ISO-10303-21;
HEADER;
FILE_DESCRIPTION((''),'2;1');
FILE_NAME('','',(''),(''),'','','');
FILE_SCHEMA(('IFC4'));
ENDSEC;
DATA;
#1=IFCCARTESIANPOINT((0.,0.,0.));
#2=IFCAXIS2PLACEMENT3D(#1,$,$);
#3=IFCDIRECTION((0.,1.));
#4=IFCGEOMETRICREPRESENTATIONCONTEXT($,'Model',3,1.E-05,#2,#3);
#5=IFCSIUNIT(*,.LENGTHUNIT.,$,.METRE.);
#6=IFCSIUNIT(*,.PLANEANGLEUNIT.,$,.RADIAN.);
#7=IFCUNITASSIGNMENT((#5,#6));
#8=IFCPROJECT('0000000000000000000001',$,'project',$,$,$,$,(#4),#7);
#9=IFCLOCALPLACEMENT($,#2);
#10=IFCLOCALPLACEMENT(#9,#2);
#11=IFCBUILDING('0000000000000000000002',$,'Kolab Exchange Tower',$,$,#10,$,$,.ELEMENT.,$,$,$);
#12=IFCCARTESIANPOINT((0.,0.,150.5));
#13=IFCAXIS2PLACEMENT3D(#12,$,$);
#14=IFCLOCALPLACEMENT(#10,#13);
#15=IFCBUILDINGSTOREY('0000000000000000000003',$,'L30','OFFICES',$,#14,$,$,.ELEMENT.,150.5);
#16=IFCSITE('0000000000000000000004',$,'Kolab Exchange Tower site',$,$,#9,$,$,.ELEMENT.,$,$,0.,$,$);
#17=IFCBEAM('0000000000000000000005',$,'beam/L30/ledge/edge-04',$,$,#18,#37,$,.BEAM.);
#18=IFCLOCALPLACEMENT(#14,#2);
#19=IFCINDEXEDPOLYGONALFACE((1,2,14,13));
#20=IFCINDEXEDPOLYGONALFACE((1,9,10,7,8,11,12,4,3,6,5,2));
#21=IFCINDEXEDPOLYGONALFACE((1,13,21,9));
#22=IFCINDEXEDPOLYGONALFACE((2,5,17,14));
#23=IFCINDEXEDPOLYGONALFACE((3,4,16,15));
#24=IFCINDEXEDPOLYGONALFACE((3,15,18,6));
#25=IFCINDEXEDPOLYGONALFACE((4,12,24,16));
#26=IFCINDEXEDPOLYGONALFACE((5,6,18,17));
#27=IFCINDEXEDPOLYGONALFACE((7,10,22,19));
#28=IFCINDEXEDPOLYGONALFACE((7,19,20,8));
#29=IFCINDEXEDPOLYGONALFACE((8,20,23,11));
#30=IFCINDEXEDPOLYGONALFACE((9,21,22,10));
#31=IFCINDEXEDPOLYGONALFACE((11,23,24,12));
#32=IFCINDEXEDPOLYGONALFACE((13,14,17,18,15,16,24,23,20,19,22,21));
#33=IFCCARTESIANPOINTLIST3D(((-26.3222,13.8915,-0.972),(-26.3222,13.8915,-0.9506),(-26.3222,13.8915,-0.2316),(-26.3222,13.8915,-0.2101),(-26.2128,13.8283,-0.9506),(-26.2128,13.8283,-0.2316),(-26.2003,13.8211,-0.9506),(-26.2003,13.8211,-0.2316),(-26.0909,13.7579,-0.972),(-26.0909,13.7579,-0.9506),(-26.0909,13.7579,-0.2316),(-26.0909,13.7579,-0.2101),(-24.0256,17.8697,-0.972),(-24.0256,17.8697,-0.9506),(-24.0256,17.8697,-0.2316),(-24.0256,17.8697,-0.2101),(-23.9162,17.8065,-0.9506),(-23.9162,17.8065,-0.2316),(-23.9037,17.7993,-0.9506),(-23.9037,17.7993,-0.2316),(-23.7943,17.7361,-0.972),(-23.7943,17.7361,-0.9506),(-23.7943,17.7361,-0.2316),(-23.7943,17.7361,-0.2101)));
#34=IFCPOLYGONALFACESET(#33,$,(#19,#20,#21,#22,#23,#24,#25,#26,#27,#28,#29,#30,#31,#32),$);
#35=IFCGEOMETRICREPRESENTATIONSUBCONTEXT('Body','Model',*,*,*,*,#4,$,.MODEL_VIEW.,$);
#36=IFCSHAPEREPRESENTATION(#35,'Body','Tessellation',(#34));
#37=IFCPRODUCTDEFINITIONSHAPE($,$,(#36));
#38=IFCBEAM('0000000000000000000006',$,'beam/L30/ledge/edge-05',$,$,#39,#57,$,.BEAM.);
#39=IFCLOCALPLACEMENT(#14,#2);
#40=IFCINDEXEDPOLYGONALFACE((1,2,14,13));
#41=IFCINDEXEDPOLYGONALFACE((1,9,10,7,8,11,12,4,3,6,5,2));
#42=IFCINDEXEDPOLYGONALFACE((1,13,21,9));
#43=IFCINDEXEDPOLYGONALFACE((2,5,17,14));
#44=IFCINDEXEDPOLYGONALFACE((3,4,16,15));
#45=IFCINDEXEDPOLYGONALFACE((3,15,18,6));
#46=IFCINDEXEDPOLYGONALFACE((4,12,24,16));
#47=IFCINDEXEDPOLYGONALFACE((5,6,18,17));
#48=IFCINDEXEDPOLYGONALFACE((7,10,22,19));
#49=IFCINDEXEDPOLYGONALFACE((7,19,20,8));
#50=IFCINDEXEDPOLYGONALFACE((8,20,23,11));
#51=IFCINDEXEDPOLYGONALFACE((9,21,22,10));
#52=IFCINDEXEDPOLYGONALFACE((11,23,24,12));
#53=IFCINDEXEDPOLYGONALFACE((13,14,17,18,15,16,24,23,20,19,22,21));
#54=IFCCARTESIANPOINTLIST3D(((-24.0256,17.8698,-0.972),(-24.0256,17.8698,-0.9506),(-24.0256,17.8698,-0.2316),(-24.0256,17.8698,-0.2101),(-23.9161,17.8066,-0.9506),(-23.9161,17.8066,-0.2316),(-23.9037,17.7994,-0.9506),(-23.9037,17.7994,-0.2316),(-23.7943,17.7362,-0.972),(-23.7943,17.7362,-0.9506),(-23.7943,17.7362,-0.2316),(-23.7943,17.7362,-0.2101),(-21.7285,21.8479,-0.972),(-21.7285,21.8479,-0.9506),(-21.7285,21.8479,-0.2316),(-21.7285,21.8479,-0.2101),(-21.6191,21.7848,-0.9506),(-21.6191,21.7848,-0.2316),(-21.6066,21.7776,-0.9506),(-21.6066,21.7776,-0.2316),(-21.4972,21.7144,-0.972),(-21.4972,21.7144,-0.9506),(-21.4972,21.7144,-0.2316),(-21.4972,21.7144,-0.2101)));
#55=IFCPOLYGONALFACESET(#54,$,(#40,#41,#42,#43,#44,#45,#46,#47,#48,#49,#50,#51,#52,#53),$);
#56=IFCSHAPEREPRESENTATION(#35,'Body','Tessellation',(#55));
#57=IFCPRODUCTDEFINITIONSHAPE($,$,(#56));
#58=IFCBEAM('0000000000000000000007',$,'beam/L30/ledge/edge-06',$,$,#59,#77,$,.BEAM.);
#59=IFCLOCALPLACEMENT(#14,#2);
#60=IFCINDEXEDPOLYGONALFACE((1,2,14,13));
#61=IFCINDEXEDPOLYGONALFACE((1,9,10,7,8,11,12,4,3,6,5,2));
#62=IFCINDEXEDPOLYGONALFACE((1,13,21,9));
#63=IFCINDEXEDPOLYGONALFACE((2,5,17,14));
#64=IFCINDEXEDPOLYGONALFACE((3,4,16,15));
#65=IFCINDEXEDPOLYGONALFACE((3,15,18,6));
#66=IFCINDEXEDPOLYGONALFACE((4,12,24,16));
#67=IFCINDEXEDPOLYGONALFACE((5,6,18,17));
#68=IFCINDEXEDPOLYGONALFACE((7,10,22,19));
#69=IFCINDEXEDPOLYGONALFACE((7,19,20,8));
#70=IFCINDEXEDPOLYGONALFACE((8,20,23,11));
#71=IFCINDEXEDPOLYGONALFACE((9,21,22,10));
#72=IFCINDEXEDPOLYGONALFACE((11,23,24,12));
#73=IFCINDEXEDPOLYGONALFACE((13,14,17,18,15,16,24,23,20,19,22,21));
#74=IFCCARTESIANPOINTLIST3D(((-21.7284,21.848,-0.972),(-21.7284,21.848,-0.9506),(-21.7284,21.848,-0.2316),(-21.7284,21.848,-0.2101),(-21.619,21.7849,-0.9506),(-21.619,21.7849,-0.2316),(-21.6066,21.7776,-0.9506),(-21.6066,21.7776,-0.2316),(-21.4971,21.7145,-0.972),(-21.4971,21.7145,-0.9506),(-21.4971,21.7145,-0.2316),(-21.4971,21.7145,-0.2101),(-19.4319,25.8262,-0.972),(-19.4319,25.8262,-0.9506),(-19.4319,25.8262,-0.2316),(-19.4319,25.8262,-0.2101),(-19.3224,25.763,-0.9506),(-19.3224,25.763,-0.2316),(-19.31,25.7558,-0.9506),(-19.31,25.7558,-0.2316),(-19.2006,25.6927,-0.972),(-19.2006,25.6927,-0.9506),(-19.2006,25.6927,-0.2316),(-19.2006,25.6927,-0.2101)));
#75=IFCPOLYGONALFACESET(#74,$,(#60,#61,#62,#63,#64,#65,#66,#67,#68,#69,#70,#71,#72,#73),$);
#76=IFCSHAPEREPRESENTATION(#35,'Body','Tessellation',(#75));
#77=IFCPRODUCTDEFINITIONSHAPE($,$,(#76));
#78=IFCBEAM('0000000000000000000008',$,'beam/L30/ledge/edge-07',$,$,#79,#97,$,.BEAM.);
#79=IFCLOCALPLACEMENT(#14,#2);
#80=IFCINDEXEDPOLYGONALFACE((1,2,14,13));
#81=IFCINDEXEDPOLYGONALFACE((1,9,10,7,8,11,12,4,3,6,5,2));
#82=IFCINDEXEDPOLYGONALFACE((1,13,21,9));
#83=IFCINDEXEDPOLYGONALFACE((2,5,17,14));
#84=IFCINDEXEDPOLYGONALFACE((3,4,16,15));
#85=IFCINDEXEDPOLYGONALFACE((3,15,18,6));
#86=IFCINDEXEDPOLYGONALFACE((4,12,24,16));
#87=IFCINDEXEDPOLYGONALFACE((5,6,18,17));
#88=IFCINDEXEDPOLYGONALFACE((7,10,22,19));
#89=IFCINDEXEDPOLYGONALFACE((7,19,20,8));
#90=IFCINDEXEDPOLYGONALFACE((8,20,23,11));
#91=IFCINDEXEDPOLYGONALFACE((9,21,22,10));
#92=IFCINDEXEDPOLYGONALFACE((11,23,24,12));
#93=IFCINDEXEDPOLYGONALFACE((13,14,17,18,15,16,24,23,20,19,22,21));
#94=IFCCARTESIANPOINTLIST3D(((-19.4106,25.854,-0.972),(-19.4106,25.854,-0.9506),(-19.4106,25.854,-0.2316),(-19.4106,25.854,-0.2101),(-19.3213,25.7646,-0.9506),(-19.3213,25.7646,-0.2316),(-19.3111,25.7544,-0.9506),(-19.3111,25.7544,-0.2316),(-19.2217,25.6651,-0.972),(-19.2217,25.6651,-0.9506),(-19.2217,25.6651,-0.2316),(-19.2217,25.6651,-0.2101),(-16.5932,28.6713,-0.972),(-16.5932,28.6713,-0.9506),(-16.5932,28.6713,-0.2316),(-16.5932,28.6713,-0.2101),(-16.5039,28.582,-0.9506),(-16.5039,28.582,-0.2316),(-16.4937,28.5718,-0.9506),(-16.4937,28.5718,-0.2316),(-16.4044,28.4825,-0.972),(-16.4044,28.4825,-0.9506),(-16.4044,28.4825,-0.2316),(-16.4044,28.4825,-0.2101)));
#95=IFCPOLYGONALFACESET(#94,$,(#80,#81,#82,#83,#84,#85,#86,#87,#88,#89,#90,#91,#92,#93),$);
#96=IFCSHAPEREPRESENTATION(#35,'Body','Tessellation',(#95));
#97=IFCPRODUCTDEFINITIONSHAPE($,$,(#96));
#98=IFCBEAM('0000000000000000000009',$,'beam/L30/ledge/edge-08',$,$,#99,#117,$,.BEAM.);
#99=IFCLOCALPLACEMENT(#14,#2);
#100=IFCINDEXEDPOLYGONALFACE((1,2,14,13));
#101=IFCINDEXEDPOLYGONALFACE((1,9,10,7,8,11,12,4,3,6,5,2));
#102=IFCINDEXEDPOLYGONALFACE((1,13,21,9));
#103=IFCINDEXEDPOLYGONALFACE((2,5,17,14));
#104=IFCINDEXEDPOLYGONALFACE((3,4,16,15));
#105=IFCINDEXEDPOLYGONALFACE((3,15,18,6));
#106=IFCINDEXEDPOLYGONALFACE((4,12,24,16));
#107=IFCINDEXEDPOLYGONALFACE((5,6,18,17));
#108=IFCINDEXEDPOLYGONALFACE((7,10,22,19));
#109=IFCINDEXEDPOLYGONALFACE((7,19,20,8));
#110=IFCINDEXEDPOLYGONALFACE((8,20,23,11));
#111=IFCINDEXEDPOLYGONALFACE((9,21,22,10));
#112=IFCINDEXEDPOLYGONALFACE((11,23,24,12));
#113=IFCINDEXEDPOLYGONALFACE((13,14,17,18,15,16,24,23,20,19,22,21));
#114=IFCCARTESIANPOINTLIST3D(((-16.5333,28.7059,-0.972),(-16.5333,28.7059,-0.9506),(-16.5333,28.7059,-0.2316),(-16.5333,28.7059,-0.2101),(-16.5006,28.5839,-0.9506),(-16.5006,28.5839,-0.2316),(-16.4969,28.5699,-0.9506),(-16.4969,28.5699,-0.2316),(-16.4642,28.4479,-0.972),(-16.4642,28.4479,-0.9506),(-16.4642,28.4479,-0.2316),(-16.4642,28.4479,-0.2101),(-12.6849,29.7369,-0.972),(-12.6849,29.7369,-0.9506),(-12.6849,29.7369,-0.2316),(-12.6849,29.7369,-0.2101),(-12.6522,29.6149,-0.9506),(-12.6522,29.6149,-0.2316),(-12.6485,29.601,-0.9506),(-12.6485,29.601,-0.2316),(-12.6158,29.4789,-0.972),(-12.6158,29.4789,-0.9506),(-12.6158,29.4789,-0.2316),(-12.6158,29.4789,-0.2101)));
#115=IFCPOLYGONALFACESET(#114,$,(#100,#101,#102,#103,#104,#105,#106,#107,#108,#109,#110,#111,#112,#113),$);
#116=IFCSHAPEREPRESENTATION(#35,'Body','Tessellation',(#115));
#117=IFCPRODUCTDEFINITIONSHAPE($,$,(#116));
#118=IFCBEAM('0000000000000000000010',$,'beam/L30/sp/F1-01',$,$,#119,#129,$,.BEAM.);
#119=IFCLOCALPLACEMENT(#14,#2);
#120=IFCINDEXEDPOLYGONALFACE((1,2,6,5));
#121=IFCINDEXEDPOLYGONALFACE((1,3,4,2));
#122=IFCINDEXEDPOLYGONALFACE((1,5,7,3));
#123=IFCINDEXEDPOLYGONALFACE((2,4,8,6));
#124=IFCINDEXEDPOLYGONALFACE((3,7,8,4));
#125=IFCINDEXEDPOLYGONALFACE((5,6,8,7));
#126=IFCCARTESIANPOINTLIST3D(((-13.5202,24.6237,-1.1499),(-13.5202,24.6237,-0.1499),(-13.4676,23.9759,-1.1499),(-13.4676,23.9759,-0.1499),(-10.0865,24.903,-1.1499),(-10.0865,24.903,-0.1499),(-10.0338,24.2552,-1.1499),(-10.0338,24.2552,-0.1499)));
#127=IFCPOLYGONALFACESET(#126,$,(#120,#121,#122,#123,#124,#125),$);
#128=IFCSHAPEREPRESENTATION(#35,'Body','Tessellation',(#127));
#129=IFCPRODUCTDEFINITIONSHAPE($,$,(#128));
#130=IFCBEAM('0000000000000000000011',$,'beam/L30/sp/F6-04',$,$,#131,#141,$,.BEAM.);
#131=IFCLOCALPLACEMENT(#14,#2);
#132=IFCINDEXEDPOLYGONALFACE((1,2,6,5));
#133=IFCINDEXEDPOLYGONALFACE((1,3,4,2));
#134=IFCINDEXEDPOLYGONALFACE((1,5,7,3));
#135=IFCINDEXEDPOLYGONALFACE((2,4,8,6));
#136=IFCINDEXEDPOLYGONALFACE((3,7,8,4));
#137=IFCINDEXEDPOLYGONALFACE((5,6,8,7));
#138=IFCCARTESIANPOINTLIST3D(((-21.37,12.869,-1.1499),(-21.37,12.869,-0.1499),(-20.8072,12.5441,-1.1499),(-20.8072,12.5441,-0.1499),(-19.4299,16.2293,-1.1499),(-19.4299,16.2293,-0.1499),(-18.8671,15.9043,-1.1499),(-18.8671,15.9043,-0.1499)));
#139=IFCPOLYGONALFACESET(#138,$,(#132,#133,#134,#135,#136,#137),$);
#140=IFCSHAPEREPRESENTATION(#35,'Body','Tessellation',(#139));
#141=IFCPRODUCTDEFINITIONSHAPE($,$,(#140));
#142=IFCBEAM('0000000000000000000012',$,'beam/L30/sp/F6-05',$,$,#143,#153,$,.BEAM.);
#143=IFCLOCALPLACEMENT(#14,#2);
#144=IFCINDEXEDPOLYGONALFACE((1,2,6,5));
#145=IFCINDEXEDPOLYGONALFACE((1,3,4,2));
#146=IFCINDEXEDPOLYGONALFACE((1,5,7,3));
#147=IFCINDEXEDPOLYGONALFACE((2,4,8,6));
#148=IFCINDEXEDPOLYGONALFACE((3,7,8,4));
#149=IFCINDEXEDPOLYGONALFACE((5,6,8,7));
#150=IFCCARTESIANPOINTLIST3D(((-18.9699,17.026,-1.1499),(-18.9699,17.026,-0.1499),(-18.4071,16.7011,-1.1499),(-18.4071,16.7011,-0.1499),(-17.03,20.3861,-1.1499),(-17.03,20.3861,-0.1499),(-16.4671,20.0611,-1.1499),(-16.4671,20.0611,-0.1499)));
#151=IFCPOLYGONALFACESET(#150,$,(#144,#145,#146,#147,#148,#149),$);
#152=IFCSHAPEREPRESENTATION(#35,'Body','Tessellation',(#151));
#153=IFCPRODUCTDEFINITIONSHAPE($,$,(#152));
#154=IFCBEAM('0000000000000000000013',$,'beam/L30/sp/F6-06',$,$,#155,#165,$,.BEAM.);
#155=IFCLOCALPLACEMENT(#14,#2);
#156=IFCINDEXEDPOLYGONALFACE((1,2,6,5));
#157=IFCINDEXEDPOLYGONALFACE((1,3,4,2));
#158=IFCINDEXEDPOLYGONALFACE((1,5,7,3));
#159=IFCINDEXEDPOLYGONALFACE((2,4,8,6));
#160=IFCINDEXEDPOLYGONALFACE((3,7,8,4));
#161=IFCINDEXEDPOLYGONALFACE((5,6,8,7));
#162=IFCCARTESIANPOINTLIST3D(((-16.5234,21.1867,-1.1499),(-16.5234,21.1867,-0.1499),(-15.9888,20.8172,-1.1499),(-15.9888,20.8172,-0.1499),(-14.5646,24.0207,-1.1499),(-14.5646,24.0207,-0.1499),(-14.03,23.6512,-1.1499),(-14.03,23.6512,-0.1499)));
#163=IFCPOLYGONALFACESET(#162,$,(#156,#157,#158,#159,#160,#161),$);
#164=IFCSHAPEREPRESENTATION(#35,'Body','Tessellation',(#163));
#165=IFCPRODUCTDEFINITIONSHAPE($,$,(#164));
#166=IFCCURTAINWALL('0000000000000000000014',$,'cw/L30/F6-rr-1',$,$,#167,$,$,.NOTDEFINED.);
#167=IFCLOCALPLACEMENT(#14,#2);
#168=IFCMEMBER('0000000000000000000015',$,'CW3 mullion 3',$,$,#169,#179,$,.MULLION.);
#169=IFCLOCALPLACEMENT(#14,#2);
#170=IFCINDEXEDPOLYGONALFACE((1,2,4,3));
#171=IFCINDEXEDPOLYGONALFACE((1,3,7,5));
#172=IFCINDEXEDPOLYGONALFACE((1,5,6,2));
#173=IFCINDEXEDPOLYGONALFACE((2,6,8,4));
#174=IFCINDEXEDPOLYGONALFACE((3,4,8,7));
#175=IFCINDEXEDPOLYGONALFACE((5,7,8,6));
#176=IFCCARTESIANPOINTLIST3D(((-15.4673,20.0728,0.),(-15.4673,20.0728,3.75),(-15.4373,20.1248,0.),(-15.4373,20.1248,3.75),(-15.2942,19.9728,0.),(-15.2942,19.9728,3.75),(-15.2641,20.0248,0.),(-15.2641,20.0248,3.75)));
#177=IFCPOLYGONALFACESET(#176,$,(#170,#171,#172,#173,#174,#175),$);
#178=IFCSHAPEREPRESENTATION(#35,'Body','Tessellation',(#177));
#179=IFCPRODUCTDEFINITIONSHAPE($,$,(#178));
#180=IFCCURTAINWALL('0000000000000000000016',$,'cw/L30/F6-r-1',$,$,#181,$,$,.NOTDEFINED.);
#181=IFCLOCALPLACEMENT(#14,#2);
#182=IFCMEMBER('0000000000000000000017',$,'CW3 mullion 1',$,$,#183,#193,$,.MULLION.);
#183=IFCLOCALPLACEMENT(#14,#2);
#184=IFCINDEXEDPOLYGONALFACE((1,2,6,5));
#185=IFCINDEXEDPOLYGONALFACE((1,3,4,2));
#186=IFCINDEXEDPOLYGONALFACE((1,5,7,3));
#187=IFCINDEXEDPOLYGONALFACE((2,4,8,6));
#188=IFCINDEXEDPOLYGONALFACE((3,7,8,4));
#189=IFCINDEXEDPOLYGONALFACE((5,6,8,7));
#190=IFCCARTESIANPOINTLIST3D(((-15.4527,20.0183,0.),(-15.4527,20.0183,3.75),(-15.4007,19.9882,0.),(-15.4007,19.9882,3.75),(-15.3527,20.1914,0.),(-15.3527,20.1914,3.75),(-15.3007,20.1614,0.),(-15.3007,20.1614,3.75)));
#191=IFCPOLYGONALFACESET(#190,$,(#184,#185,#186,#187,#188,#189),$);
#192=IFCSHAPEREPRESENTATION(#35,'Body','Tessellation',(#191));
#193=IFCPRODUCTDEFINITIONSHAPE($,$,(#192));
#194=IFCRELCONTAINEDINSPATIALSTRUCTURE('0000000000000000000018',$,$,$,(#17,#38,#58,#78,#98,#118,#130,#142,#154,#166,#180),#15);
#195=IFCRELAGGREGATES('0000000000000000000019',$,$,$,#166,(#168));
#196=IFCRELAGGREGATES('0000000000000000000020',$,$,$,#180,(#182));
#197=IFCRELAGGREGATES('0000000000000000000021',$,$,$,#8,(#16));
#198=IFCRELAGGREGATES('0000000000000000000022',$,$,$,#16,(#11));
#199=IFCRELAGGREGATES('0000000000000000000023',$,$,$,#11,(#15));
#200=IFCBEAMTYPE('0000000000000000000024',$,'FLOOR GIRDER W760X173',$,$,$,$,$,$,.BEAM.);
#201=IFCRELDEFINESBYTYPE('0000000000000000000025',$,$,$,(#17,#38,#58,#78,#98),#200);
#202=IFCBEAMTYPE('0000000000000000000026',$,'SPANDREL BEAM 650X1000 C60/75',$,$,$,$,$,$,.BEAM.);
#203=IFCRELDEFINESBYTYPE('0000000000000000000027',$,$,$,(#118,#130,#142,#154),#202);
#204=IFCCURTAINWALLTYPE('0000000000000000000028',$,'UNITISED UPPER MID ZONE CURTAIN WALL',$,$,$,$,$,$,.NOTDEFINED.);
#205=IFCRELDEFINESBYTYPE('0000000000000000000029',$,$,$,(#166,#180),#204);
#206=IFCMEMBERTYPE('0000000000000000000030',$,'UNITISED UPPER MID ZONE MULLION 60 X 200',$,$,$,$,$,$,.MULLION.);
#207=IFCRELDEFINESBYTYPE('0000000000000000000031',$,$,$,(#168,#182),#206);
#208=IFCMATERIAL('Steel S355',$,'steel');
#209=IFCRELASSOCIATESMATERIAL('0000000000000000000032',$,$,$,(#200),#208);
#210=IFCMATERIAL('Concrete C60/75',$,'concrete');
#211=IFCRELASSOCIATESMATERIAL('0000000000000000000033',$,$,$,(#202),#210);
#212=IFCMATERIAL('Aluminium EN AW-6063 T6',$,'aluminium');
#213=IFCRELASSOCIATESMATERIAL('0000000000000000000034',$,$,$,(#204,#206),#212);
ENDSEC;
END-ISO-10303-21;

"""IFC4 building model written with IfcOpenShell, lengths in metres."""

from ifc_helpers import new_model, si_unit, direction, frame, origin, origin_2d, place, context, subcontext, project, spatial, rectangle, i_section, extrude, material, material_profile, profile_set, type_object, element, aggregate, save


model = new_model("IFC4")

# Units and contexts
model_context = context("Model", 3, precision=1e-05, world=origin(), true_north=direction((0.0, 1.0)))
body_context = subcontext(model_context, "Body", "Model", "MODEL_VIEW")
ifc_project = project(units=[si_unit("LENGTHUNIT", "METRE"), si_unit("PLANEANGLEUNIT", "RADIAN")], contexts=[model_context])

# Site, building, storey
site_placement = place(None, origin())
site = spatial("IfcSite", under=ifc_project, at=site_placement, Name="Kolab Exchange Tower site", CompositionType="ELEMENT", RefElevation=0.0)
building_placement = place(site_placement, origin())
building = spatial("IfcBuilding", under=site, at=building_placement, Name="Kolab Exchange Tower", CompositionType="ELEMENT")
storey_placement = place(building_placement, frame((0.0, 0.0, 150.5)))
storey = spatial("IfcBuildingStorey", under=building, at=storey_placement, Name="L30", Description="OFFICES", CompositionType="ELEMENT", Elevation=150.5)

# Shared definitions
ifc_material_1 = material(Name="Concrete C60/75", Category="concrete")

# Beams
ifc_material_2 = material(Name="Steel S355", Category="steel")
ifc_material_profile_1 = material_profile(ifc_material_2, i_section(OverallWidth=0.2671, OverallDepth=0.762, WebThickness=0.0144, FlangeThickness=0.0215, at=origin_2d()), Name="W760X173")
ifc_profile_set_1 = profile_set([ifc_material_profile_1], Name="Steel S355")
beam_type_1 = type_object("IfcBeamType", Name="FLOOR GIRDER W760X173", PredefinedType="BEAM", material=ifc_profile_set_1)
beam_1_placement = place(storey_placement, frame((-26.2065, 13.8247, -0.5911), z_axis=(0.499963, 0.866047, 0.0), x_axis=(-0.866047, 0.499963, 0.0)))
element("IfcBeam", 1, at=beam_1_placement, inside=storey, type_object=beam_type_1, Name="beam/L30/ledge/edge-04", PredefinedType="BEAM", context=body_context, shape_type="SweptSolid", body=[
    extrude(i_section(OverallWidth=0.2671, OverallDepth=0.762, WebThickness=0.0144, FlangeThickness=0.0215, at=origin_2d()), origin(), (0.0, 0.0, 1.0), 4.5935),
])
beam_2_placement = place(storey_placement, frame((-23.9099, 17.803, -0.5911), z_axis=(0.500043, 0.866001, 0.0), x_axis=(-0.866001, 0.500043, 0.0)))
element("IfcBeam", 2, at=beam_2_placement, inside=storey, type_object=beam_type_1, Name="beam/L30/ledge/edge-05", PredefinedType="BEAM", context=body_context, shape_type="SweptSolid", body=[
    extrude(i_section(OverallWidth=0.2671, OverallDepth=0.762, WebThickness=0.0144, FlangeThickness=0.0215, at=origin_2d()), origin(), (0.0, 0.0, 1.0), 4.5938),
])
beam_3_placement = place(storey_placement, frame((-21.6128, 21.7812, -0.5911), z_axis=(0.499963, 0.866047, 0.0), x_axis=(-0.866047, 0.499963, 0.0)))
element("IfcBeam", 3, at=beam_3_placement, inside=storey, type_object=beam_type_1, Name="beam/L30/ledge/edge-06", PredefinedType="BEAM", context=body_context, shape_type="SweptSolid", body=[
    extrude(i_section(OverallWidth=0.2671, OverallDepth=0.762, WebThickness=0.0144, FlangeThickness=0.0215, at=origin_2d()), origin(), (0.0, 0.0, 1.0), 4.5935),
])
beam_4_placement = place(storey_placement, frame((-19.3162, 25.7595, -0.5911), z_axis=(0.707107, 0.707107, 0.0), x_axis=(-0.707107, 0.707107, 0.0)))
element("IfcBeam", 4, at=beam_4_placement, inside=storey, type_object=beam_type_1, Name="beam/L30/ledge/edge-07", PredefinedType="BEAM", context=body_context, shape_type="SweptSolid", body=[
    extrude(i_section(OverallWidth=0.2671, OverallDepth=0.762, WebThickness=0.0144, FlangeThickness=0.0215, at=origin_2d()), origin(), (0.0, 0.0, 1.0), 3.9844),
])
beam_5_placement = place(storey_placement, frame((-16.4988, 28.5769, -0.5911), z_axis=(0.965936, 0.25878, 0.0), x_axis=(-0.25878, 0.965936, 0.0)))
element("IfcBeam", 5, at=beam_5_placement, inside=storey, type_object=beam_type_1, Name="beam/L30/ledge/edge-08", PredefinedType="BEAM", context=body_context, shape_type="SweptSolid", body=[
    extrude(i_section(OverallWidth=0.2671, OverallDepth=0.762, WebThickness=0.0144, FlangeThickness=0.0215, at=origin_2d()), origin(), (0.0, 0.0, 1.0), 3.9841),
])
ifc_material_profile_2 = material_profile(ifc_material_1, rectangle(XDim=0.6499, YDim=1.0, at=origin_2d()), Name="RC650X1000")
ifc_profile_set_2 = profile_set([ifc_material_profile_2], Name="Concrete C60/75")
beam_type_2 = type_object("IfcBeamType", Name="SPANDREL BEAM 650X1000 C60/75", PredefinedType="BEAM", material=ifc_profile_set_2)
beam_6_placement = place(storey_placement, frame((-13.4939, 24.2998, -0.6499), z_axis=(0.996708, 0.081069, 0.0), x_axis=(-0.081069, 0.996708, 0.0)))
element("IfcBeam", 6, at=beam_6_placement, inside=storey, type_object=beam_type_2, Name="beam/L30/sp/F1-01", PredefinedType="BEAM", context=body_context, shape_type="SweptSolid", body=[
    extrude(rectangle(XDim=0.6499, YDim=1.0, at=origin_2d()), origin(), (0.0, 0.0, 1.0), 3.4451),
])
beam_7_placement = place(storey_placement, frame((-21.0886, 12.7065, -0.6499), z_axis=(0.500017, 0.866016, 0.0), x_axis=(-0.866016, 0.500017, 0.0)))
element("IfcBeam", 7, at=beam_7_placement, inside=storey, type_object=beam_type_2, Name="beam/L30/sp/F6-04", PredefinedType="BEAM", context=body_context, shape_type="SweptSolid", body=[
    extrude(rectangle(XDim=0.6499, YDim=1.0, at=origin_2d()), origin(), (0.0, 0.0, 1.0), 3.8801),
])
beam_8_placement = place(storey_placement, frame((-18.6885, 16.8635, -0.6499), z_axis=(0.499997, 0.866027, 0.0), x_axis=(-0.866027, 0.499997, 0.0)))
element("IfcBeam", 8, at=beam_8_placement, inside=storey, type_object=beam_type_2, Name="beam/L30/sp/F6-05", PredefinedType="BEAM", context=body_context, shape_type="SweptSolid", body=[
    extrude(rectangle(XDim=0.6499, YDim=1.0, at=origin_2d()), origin(), (0.0, 0.0, 1.0), 3.8799),
])
beam_9_placement = place(storey_placement, frame((-16.2561, 21.002, -0.6499), z_axis=(0.568572, 0.822633, 0.0), x_axis=(-0.822633, 0.568572, 0.0)))
element("IfcBeam", 9, at=beam_9_placement, inside=storey, type_object=beam_type_2, Name="beam/L30/sp/F6-06", PredefinedType="BEAM", context=body_context, shape_type="SweptSolid", body=[
    extrude(rectangle(XDim=0.6499, YDim=1.0, at=origin_2d()), origin(), (0.0, 0.0, 1.0), 3.4451),
])

# Curtain wall, member
ifc_material_3 = material(Name="Aluminium EN AW-6063 T6", Category="aluminium")
curtain_wall_type = type_object("IfcCurtainWallType", Name="UNITISED UPPER MID ZONE CURTAIN WALL", PredefinedType="NOTDEFINED", material=ifc_material_3)
curtain_wall_1_placement = place(storey_placement, origin())
curtain_wall_1 = element("IfcCurtainWall", 10, at=curtain_wall_1_placement, inside=storey, type_object=curtain_wall_type, Name="cw/L30/F6-rr-1", PredefinedType="NOTDEFINED")
ifc_material_profile_3 = material_profile(ifc_material_3, rectangle(XDim=0.0601, YDim=0.2, at=origin_2d()), Name="RECT 60X200")
ifc_profile_set_3 = profile_set([ifc_material_profile_3], Name="Aluminium EN AW-6063 T6")
member_type_1 = type_object("IfcMemberType", Name="UNITISED UPPER MID ZONE MULLION 60 X 200", PredefinedType="MULLION", material=ifc_profile_set_3)
member_1_placement = place(storey_placement, frame((-15.3657, 20.0488, 0.0), z_axis=(0.0, 0.0, 1.0), x_axis=(-0.5, -0.866025, 0.0)))
member_1 = element("IfcMember", 11, at=member_1_placement, type_object=member_type_1, Name="CW3 mullion 3", PredefinedType="MULLION", context=body_context, shape_type="SweptSolid", body=[
    extrude(rectangle(XDim=0.0601, YDim=0.2, at=origin_2d()), origin(), (0.0, 0.0, 1.0), 3.75),
])

# Curtain wall, member
curtain_wall_2_placement = place(storey_placement, origin())
curtain_wall_2 = element("IfcCurtainWall", 12, at=curtain_wall_2_placement, inside=storey, type_object=curtain_wall_type, Name="cw/L30/F6-r-1", PredefinedType="NOTDEFINED")
member_2_placement = place(storey_placement, frame((-15.3767, 20.0898, 0.0), z_axis=(0.0, 0.0, 1.0), x_axis=(-0.866025, 0.5, 0.0)))
member_2 = element("IfcMember", 13, at=member_2_placement, type_object=member_type_1, Name="CW3 mullion 1", PredefinedType="MULLION", context=body_context, shape_type="SweptSolid", body=[
    extrude(rectangle(XDim=0.0601, YDim=0.2, at=origin_2d()), origin(), (0.0, 0.0, 1.0), 3.75),
])

aggregate(curtain_wall_1, [member_1])
aggregate(curtain_wall_2, [member_2])

save(model, "model.ifc")
